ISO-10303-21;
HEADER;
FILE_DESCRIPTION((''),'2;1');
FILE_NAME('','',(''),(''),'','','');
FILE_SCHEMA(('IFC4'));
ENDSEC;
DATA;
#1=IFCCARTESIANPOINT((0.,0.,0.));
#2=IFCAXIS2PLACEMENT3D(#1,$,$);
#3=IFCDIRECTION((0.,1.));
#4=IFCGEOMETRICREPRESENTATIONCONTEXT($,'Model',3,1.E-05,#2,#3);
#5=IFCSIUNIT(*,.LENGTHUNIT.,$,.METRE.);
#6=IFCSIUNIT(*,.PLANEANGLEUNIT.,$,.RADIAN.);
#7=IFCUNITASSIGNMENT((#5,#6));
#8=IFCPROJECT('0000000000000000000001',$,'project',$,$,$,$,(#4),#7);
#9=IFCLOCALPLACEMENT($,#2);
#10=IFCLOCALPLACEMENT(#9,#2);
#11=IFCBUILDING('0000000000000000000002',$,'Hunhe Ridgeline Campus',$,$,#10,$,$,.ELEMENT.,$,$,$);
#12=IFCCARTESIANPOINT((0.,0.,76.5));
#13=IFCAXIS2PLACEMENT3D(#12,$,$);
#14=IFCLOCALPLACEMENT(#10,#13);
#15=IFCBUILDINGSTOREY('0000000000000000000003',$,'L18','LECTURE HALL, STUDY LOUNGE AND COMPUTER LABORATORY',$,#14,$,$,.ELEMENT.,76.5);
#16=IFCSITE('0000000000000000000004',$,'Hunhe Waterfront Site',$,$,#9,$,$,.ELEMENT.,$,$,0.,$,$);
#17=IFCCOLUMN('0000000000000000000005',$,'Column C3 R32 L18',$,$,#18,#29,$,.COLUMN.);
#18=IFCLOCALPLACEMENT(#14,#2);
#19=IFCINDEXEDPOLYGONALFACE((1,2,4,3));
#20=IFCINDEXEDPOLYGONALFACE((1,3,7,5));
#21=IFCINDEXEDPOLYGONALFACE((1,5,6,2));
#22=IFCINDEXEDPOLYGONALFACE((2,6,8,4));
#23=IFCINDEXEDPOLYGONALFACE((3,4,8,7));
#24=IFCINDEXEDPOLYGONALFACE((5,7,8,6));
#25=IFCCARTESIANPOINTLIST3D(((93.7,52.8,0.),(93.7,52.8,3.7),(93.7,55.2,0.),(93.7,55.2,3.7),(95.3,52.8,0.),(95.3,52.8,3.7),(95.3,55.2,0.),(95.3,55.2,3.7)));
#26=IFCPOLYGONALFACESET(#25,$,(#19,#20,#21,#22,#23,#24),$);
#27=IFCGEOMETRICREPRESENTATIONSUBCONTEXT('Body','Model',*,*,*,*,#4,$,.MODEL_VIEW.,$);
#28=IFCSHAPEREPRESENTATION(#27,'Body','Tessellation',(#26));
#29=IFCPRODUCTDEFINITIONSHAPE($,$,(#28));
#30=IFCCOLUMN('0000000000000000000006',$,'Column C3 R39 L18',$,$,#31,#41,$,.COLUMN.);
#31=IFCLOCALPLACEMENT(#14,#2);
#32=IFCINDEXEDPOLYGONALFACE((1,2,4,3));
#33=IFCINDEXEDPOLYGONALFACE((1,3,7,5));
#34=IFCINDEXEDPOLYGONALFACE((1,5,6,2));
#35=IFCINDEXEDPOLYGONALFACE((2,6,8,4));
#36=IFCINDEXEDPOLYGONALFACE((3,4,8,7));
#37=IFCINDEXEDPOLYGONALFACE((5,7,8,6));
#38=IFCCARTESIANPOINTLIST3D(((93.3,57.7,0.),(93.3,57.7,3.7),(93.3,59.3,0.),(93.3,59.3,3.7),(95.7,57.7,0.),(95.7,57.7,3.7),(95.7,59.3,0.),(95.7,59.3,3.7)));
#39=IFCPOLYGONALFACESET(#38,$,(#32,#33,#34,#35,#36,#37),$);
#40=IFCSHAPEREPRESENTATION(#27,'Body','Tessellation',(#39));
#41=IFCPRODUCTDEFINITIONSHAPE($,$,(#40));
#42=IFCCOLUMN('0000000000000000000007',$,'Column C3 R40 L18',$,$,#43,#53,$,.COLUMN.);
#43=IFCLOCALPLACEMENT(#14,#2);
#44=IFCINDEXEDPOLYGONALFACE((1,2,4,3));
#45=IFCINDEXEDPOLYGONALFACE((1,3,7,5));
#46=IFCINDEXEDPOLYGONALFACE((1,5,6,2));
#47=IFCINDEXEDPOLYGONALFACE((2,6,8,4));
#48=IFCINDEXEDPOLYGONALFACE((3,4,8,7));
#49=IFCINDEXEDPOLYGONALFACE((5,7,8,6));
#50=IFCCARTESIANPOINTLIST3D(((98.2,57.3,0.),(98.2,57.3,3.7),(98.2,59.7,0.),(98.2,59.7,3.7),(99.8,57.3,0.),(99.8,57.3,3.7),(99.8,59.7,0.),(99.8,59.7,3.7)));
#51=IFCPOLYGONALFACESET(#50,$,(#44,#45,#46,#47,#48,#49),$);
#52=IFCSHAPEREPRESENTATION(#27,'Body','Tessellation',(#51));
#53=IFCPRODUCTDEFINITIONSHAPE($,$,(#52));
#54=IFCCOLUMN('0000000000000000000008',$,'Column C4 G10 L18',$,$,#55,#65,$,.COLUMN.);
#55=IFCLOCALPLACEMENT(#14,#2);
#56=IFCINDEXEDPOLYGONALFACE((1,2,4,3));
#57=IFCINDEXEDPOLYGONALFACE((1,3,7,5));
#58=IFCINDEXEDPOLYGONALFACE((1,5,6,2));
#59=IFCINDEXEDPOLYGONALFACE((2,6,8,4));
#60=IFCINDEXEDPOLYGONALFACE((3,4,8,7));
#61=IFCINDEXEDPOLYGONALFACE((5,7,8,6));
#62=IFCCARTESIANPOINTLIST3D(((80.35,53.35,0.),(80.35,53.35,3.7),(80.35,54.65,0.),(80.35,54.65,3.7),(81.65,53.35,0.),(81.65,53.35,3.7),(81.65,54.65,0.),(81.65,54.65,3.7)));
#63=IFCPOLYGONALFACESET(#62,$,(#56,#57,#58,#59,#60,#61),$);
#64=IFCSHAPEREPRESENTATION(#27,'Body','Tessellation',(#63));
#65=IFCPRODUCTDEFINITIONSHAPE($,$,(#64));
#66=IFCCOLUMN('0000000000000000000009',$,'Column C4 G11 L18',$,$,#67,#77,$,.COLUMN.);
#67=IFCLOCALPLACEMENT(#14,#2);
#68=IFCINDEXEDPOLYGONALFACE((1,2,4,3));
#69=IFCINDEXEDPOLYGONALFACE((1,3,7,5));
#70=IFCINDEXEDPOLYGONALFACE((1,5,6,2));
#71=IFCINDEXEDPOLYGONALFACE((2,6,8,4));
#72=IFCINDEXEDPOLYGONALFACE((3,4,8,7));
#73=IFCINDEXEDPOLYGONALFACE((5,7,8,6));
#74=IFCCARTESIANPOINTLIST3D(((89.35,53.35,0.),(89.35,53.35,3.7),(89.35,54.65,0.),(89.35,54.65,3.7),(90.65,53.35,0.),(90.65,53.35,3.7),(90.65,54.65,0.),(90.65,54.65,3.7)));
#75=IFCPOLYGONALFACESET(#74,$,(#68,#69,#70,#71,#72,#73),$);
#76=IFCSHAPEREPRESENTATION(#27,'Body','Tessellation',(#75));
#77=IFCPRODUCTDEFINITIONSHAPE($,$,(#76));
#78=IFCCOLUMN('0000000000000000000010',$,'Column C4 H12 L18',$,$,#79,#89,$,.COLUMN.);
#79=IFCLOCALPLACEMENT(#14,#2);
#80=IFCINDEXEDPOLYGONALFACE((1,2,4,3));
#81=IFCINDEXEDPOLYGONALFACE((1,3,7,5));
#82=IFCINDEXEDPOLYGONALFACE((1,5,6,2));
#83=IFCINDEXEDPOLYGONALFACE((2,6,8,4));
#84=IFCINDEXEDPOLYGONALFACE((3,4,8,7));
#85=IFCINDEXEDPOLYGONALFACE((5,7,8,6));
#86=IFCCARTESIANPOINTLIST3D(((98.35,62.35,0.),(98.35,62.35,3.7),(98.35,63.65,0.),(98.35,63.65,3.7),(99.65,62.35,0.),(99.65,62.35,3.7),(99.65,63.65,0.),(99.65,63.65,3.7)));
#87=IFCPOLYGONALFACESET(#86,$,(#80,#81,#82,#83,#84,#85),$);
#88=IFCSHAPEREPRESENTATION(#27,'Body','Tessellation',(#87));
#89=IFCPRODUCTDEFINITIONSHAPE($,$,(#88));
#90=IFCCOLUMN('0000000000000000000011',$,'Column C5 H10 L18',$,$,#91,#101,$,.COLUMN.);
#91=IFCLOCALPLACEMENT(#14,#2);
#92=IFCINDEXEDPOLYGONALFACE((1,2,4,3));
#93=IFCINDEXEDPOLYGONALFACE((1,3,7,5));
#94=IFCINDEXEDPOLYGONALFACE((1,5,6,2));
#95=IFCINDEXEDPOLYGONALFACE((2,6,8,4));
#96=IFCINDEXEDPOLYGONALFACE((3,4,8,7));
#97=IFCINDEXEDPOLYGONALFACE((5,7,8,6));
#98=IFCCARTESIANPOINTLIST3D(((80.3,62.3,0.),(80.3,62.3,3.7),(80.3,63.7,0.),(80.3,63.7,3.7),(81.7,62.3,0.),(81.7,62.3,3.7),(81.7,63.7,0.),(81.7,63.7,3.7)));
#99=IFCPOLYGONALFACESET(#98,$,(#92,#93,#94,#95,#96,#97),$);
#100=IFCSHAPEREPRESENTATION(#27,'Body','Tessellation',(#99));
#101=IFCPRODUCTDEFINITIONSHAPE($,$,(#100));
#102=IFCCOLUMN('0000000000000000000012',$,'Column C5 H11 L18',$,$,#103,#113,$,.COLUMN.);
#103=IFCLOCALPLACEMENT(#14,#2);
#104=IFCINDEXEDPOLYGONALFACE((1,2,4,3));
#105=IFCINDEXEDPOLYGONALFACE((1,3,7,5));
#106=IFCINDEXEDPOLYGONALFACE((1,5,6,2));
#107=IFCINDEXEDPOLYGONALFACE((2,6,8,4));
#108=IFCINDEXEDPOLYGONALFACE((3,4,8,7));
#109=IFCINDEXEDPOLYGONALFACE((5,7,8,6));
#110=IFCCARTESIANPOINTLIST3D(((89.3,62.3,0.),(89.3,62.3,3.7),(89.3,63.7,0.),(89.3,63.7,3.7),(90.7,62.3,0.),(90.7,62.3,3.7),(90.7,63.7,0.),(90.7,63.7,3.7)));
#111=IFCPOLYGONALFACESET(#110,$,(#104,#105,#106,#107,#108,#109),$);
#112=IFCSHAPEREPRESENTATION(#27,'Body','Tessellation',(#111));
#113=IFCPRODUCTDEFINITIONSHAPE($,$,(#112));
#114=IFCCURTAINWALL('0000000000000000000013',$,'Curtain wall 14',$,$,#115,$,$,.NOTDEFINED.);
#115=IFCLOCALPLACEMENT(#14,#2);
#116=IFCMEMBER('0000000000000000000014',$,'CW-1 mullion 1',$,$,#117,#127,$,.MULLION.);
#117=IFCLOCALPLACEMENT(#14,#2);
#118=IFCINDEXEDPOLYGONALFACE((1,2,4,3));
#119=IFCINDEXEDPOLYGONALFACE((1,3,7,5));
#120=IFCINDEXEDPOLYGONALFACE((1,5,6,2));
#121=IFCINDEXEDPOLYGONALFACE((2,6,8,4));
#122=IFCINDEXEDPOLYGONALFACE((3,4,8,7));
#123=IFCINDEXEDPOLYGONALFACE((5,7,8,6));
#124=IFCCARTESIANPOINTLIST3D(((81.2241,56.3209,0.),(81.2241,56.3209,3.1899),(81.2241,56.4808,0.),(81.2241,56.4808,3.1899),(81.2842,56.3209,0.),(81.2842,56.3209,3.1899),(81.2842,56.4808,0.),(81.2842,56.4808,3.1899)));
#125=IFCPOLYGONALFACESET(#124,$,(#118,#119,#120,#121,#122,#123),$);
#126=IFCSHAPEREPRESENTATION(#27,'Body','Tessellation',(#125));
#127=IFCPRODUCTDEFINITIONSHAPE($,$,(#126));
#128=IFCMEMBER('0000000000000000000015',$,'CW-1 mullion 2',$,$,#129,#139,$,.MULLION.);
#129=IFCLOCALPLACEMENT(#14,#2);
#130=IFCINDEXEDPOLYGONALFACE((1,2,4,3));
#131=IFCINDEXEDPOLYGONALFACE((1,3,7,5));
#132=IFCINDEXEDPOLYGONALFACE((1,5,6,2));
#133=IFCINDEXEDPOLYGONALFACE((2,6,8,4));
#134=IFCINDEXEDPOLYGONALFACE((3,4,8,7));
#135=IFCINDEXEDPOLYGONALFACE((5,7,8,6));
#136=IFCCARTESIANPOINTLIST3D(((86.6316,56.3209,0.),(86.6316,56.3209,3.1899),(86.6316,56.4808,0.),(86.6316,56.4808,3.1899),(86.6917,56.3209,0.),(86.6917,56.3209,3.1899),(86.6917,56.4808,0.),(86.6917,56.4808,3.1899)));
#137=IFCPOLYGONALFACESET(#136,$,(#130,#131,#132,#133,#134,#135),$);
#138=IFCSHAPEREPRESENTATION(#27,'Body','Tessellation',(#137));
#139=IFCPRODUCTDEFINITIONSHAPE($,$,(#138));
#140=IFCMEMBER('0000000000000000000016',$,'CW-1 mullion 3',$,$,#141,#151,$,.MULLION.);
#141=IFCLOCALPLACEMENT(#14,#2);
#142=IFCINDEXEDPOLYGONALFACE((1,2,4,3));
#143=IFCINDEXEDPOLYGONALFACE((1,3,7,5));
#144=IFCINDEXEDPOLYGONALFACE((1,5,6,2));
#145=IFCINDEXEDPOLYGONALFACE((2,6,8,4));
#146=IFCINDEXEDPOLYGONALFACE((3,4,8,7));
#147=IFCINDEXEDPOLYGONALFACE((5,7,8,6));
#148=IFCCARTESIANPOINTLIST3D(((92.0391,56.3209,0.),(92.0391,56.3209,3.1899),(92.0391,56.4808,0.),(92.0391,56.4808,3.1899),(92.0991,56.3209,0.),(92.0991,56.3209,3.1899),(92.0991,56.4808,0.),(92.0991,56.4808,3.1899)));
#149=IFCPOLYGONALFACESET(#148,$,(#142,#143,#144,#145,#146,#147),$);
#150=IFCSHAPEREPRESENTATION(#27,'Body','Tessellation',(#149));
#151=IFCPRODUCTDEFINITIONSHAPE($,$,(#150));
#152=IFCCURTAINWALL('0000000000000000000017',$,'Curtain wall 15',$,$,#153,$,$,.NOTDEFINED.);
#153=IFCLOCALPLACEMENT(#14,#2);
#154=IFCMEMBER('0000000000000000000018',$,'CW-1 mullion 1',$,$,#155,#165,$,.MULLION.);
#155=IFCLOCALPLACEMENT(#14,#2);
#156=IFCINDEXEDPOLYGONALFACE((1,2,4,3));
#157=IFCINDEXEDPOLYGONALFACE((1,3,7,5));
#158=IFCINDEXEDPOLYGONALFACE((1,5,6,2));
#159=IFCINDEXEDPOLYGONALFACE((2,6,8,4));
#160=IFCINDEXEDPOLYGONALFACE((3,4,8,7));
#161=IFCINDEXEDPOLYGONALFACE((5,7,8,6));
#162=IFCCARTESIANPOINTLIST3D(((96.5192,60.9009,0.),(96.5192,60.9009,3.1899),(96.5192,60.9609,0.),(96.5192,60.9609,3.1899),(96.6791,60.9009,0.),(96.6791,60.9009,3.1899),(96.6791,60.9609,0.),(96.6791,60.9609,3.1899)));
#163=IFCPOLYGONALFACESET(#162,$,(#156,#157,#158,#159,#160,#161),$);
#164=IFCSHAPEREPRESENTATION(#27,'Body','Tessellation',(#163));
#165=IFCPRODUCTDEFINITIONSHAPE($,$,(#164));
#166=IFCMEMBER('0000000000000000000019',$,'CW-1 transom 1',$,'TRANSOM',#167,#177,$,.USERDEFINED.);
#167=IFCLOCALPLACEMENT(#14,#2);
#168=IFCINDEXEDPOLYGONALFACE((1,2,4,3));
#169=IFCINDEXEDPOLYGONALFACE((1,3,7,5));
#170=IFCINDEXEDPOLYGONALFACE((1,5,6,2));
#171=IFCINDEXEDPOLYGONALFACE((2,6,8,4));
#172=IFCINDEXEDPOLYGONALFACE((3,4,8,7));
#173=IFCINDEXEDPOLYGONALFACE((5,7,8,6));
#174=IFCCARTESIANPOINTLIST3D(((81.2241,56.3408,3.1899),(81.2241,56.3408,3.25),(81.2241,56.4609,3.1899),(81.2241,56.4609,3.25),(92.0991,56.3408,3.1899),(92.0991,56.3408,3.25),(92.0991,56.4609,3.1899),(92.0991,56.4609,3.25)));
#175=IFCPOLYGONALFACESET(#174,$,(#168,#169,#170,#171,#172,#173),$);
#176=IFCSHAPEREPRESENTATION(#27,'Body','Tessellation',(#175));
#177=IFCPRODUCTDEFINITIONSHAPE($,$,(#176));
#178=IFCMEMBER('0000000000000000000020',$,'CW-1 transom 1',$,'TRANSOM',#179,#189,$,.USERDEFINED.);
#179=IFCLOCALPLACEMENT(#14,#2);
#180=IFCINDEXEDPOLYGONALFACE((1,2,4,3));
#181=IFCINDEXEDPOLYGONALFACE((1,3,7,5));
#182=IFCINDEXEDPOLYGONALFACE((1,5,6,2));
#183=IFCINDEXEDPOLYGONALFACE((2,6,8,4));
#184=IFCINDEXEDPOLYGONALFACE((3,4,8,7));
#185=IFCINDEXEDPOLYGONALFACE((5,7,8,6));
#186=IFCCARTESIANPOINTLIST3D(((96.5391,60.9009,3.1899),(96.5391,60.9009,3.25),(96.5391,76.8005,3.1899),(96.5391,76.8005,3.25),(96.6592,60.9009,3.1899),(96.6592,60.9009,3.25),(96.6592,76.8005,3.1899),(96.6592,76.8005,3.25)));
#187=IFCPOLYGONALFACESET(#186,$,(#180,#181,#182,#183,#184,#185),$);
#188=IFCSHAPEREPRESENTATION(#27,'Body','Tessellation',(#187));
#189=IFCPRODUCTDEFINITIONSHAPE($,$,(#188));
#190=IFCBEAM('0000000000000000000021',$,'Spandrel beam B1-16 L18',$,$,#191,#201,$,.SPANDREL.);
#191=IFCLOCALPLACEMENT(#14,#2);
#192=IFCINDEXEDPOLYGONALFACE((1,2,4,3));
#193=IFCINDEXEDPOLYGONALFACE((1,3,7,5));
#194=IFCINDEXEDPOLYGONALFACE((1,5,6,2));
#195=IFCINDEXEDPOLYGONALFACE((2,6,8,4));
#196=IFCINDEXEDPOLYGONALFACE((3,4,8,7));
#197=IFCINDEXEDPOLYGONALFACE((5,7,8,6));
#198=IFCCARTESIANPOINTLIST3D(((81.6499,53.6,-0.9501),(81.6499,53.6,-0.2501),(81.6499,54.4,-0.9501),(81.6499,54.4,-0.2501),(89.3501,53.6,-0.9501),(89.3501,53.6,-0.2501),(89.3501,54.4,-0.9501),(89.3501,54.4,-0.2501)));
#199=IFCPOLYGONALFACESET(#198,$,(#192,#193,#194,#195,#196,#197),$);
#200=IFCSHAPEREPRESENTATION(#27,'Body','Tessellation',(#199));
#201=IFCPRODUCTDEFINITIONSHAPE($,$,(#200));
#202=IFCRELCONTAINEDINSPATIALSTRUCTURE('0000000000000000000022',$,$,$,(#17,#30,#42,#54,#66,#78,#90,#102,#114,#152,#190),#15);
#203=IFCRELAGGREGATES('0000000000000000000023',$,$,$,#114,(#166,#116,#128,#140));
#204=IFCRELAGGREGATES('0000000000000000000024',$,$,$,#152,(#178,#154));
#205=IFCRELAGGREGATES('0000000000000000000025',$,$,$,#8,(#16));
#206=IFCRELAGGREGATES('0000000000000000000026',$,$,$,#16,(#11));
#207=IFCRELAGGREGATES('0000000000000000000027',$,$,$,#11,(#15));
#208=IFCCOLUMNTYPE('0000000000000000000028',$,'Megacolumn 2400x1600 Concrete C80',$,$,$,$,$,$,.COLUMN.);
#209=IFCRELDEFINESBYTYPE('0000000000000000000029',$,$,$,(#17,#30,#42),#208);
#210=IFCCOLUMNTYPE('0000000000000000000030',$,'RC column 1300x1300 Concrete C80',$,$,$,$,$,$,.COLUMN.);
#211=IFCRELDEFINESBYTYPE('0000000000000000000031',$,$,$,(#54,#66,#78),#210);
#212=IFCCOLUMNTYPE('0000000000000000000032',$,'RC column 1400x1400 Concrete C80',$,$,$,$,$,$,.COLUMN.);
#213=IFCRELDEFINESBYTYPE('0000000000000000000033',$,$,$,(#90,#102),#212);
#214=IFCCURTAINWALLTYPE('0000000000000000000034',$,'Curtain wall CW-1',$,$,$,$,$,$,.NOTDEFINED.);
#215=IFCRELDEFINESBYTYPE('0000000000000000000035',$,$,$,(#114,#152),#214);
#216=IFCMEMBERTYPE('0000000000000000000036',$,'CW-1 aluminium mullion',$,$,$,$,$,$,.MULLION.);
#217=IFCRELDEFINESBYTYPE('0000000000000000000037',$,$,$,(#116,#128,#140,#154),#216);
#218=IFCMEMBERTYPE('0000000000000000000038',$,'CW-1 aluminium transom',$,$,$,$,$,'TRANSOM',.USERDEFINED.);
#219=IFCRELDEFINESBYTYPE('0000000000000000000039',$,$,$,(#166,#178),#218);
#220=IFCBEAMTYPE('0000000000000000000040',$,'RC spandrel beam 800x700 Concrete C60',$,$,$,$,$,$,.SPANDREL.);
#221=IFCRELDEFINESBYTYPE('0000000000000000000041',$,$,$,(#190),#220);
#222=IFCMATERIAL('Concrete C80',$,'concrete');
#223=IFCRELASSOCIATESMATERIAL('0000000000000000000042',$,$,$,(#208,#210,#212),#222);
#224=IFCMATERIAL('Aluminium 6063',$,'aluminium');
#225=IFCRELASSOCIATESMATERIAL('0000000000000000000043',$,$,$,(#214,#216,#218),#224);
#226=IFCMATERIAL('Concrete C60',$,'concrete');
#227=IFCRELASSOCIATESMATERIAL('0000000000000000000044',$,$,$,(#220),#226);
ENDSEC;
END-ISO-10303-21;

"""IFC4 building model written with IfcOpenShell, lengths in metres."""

from ifc_helpers import new_model, si_unit, direction, frame, origin, origin_2d, place, context, subcontext, project, spatial, rectangle, extrude, material, material_profile, profile_set, type_object, element, aggregate, save


model = new_model("IFC4")

# Units and contexts
model_context = context("Model", 3, precision=1e-05, world=origin(), true_north=direction((0.0, 1.0)))
body_context = subcontext(model_context, "Body", "Model", "MODEL_VIEW")
ifc_project = project(units=[si_unit("LENGTHUNIT", "METRE"), si_unit("PLANEANGLEUNIT", "RADIAN")], contexts=[model_context])

# Site, building, storey
site_placement = place(None, origin())
site = spatial("IfcSite", under=ifc_project, at=site_placement, Name="Hunhe Waterfront Site", CompositionType="ELEMENT", RefElevation=0.0)
building_placement = place(site_placement, origin())
building = spatial("IfcBuilding", under=site, at=building_placement, Name="Hunhe Ridgeline Campus", CompositionType="ELEMENT")
storey_placement = place(building_placement, frame((0.0, 0.0, 76.5)))
storey = spatial("IfcBuildingStorey", under=building, at=storey_placement, Name="L18", Description="LECTURE HALL, STUDY LOUNGE AND COMPUTER LABORATORY", CompositionType="ELEMENT", Elevation=76.5)

# Columns
ifc_material_1 = material(Name="Concrete C80", Category="concrete")
ifc_material_profile_1 = material_profile(ifc_material_1, rectangle(XDim=2.3999, YDim=1.6001, at=origin_2d()))
ifc_profile_set_1 = profile_set([ifc_material_profile_1], Name="Concrete C80")
column_type_1 = type_object("IfcColumnType", Name="Megacolumn 2400x1600 Concrete C80", PredefinedType="COLUMN", material=ifc_profile_set_1)
for number, where, z_axis, x_axis, name in (
    (1, (94.5, 54.0, 0.0), (0.0, 0.0, 1.0), (0.0, 1.0, 0.0), "Column C3 R32 L18"),
    (2, (94.5, 58.5, 0.0), (0.0, 0.0, 1.0), (1.0, 0.0, 0.0), "Column C3 R39 L18"),
    (3, (99.0, 58.5, 0.0), (0.0, 0.0, 1.0), (0.0, 1.0, 0.0), "Column C3 R40 L18"),
):
    element("IfcColumn", number, at=place(storey_placement, frame(where, z_axis=z_axis, x_axis=x_axis)), inside=storey, type_object=column_type_1, Name=name, PredefinedType="COLUMN", context=body_context, shape_type="SweptSolid", body=[
        extrude(rectangle(XDim=2.3999, YDim=1.6001, at=origin_2d()), origin(), (0.0, 0.0, 1.0), 3.7),
    ])
ifc_material_profile_2 = material_profile(ifc_material_1, rectangle(XDim=1.3, YDim=1.3, at=origin_2d()))
ifc_profile_set_2 = profile_set([ifc_material_profile_2], Name="Concrete C80")
column_type_2 = type_object("IfcColumnType", Name="RC column 1300x1300 Concrete C80", PredefinedType="COLUMN", material=ifc_profile_set_2)
for number, where, z_axis, x_axis, name in (
    (4, (81.0, 54.0, 0.0), (0.0, 0.0, 1.0), (1.0, 0.0, 0.0), "Column C4 G10 L18"),
    (5, (90.0, 54.0, 0.0), (0.0, 0.0, 1.0), (1.0, 0.0, 0.0), "Column C4 G11 L18"),
    (6, (99.0, 63.0, 0.0), (0.0, 0.0, 1.0), (1.0, 0.0, 0.0), "Column C4 H12 L18"),
):
    element("IfcColumn", number, at=place(storey_placement, frame(where, z_axis=z_axis, x_axis=x_axis)), inside=storey, type_object=column_type_2, Name=name, PredefinedType="COLUMN", context=body_context, shape_type="SweptSolid", body=[
        extrude(rectangle(XDim=1.3, YDim=1.3, at=origin_2d()), origin(), (0.0, 0.0, 1.0), 3.7),
    ])
ifc_material_profile_3 = material_profile(ifc_material_1, rectangle(XDim=1.3999, YDim=1.3999, at=origin_2d()))
ifc_profile_set_3 = profile_set([ifc_material_profile_3], Name="Concrete C80")
column_type_3 = type_object("IfcColumnType", Name="RC column 1400x1400 Concrete C80", PredefinedType="COLUMN", material=ifc_profile_set_3)
for number, where, z_axis, x_axis, name in (
    (7, (81.0, 63.0, 0.0), (0.0, 0.0, 1.0), (1.0, 0.0, 0.0), "Column C5 H10 L18"),
    (8, (90.0, 63.0, 0.0), (0.0, 0.0, 1.0), (1.0, 0.0, 0.0), "Column C5 H11 L18"),
):
    element("IfcColumn", number, at=place(storey_placement, frame(where, z_axis=z_axis, x_axis=x_axis)), inside=storey, type_object=column_type_3, Name=name, PredefinedType="COLUMN", context=body_context, shape_type="SweptSolid", body=[
        extrude(rectangle(XDim=1.3999, YDim=1.3999, at=origin_2d()), origin(), (0.0, 0.0, 1.0), 3.7),
    ])

# Curtain wall, members
ifc_material_2 = material(Name="Aluminium 6063", Category="aluminium")
curtain_wall_type = type_object("IfcCurtainWallType", Name="Curtain wall CW-1", PredefinedType="NOTDEFINED", material=ifc_material_2)
curtain_wall_1_placement = place(storey_placement, origin())
curtain_wall_1 = element("IfcCurtainWall", 9, at=curtain_wall_1_placement, inside=storey, type_object=curtain_wall_type, Name="Curtain wall 14", PredefinedType="NOTDEFINED")
ifc_material_profile_4 = material_profile(ifc_material_2, rectangle(XDim=0.1599, YDim=0.0601, at=origin_2d()))
ifc_profile_set_4 = profile_set([ifc_material_profile_4], Name="Aluminium 6063")
member_type_1 = type_object("IfcMemberType", Name="CW-1 aluminium mullion", PredefinedType="MULLION", material=ifc_profile_set_4)
member_1_placement = place(storey_placement, frame((81.2542, 56.4009, 0.0), z_axis=(0.0, 0.0, 1.0), x_axis=(-0.000004, 1.0, 0.0)))
member_1 = element("IfcMember", 10, at=member_1_placement, type_object=member_type_1, Name="CW-1 mullion 1", PredefinedType="MULLION", context=body_context, shape_type="SweptSolid", body=[
    extrude(rectangle(XDim=0.1599, YDim=0.0601, at=origin_2d()), origin(), (0.0, 0.0, 1.0), 3.1899),
])
member_2_placement = place(storey_placement, frame((86.6616, 56.4009, 0.0), z_axis=(0.0, 0.0, 1.0), x_axis=(-0.000004, 1.0, 0.0)))
member_2 = element("IfcMember", 11, at=member_2_placement, type_object=member_type_1, Name="CW-1 mullion 2", PredefinedType="MULLION", context=body_context, shape_type="SweptSolid", body=[
    extrude(rectangle(XDim=0.1599, YDim=0.0601, at=origin_2d()), origin(), (0.0, 0.0, 1.0), 3.1899),
])
member_3_placement = place(storey_placement, frame((92.0691, 56.4009, 0.0), z_axis=(0.0, 0.0, 1.0), x_axis=(-0.000004, 1.0, 0.0)))
member_3 = element("IfcMember", 12, at=member_3_placement, type_object=member_type_1, Name="CW-1 mullion 3", PredefinedType="MULLION", context=body_context, shape_type="SweptSolid", body=[
    extrude(rectangle(XDim=0.1599, YDim=0.0601, at=origin_2d()), origin(), (0.0, 0.0, 1.0), 3.1899),
])

# Curtain wall, member
curtain_wall_2_placement = place(storey_placement, origin())
curtain_wall_2 = element("IfcCurtainWall", 13, at=curtain_wall_2_placement, inside=storey, type_object=curtain_wall_type, Name="Curtain wall 15", PredefinedType="NOTDEFINED")
member_4_placement = place(storey_placement, frame((96.5991, 60.9309, 0.0), z_axis=(0.0, 0.0, 1.0), x_axis=(-1.0, 0.0, 0.0)))
member_4 = element("IfcMember", 14, at=member_4_placement, type_object=member_type_1, Name="CW-1 mullion 1", PredefinedType="MULLION", context=body_context, shape_type="SweptSolid", body=[
    extrude(rectangle(XDim=0.1599, YDim=0.0601, at=origin_2d()), origin(), (0.0, 0.0, 1.0), 3.1899),
])

# Members
ifc_material_profile_5 = material_profile(ifc_material_2, rectangle(XDim=0.1201, YDim=0.0601, at=origin_2d()))
ifc_profile_set_5 = profile_set([ifc_material_profile_5], Name="Aluminium 6063")
member_type_2 = type_object("IfcMemberType", Name="CW-1 aluminium transom", ElementType="TRANSOM", PredefinedType="USERDEFINED", material=ifc_profile_set_5)
member_5_placement = place(storey_placement, frame((81.2241, 56.4009, 3.22), z_axis=(1.0, 0.0, 0.0), x_axis=(0.0, 1.0, 0.0)))
member_5 = element("IfcMember", 15, at=member_5_placement, type_object=member_type_2, Name="CW-1 transom 1", ObjectType="TRANSOM", PredefinedType="USERDEFINED", context=body_context, shape_type="SweptSolid", body=[
    extrude(rectangle(XDim=0.1201, YDim=0.0601, at=origin_2d()), origin(), (0.0, 0.0, 1.0), 10.875),
])
member_6_placement = place(storey_placement, frame((96.5991, 60.9009, 3.22), z_axis=(0.0, 1.0, 0.0), x_axis=(-1.0, 0.0, 0.0)))
member_6 = element("IfcMember", 16, at=member_6_placement, type_object=member_type_2, Name="CW-1 transom 1", ObjectType="TRANSOM", PredefinedType="USERDEFINED", context=body_context, shape_type="SweptSolid", body=[
    extrude(rectangle(XDim=0.1201, YDim=0.0601, at=origin_2d()), origin(), (0.0, 0.0, 1.0), 15.8997),
])

# Beam
ifc_material_3 = material(Name="Concrete C60", Category="concrete")
ifc_material_profile_6 = material_profile(ifc_material_3, rectangle(XDim=0.8, YDim=0.7, at=origin_2d()))
ifc_profile_set_6 = profile_set([ifc_material_profile_6], Name="Concrete C60")
beam_type = type_object("IfcBeamType", Name="RC spandrel beam 800x700 Concrete C60", PredefinedType="SPANDREL", material=ifc_profile_set_6)
beam_1_placement = place(storey_placement, frame((81.6499, 54.0, -0.6001), z_axis=(1.0, 0.0, 0.0), x_axis=(0.0, 1.0, 0.0)))
element("IfcBeam", 17, at=beam_1_placement, inside=storey, type_object=beam_type, Name="Spandrel beam B1-16 L18", PredefinedType="SPANDREL", context=body_context, shape_type="SweptSolid", body=[
    extrude(rectangle(XDim=0.8, YDim=0.7, at=origin_2d()), origin(), (0.0, 0.0, 1.0), 7.7002),
])

aggregate(curtain_wall_1, [member_5, member_1, member_2, member_3])
aggregate(curtain_wall_2, [member_6, member_4])

save(model, "model.ifc")
